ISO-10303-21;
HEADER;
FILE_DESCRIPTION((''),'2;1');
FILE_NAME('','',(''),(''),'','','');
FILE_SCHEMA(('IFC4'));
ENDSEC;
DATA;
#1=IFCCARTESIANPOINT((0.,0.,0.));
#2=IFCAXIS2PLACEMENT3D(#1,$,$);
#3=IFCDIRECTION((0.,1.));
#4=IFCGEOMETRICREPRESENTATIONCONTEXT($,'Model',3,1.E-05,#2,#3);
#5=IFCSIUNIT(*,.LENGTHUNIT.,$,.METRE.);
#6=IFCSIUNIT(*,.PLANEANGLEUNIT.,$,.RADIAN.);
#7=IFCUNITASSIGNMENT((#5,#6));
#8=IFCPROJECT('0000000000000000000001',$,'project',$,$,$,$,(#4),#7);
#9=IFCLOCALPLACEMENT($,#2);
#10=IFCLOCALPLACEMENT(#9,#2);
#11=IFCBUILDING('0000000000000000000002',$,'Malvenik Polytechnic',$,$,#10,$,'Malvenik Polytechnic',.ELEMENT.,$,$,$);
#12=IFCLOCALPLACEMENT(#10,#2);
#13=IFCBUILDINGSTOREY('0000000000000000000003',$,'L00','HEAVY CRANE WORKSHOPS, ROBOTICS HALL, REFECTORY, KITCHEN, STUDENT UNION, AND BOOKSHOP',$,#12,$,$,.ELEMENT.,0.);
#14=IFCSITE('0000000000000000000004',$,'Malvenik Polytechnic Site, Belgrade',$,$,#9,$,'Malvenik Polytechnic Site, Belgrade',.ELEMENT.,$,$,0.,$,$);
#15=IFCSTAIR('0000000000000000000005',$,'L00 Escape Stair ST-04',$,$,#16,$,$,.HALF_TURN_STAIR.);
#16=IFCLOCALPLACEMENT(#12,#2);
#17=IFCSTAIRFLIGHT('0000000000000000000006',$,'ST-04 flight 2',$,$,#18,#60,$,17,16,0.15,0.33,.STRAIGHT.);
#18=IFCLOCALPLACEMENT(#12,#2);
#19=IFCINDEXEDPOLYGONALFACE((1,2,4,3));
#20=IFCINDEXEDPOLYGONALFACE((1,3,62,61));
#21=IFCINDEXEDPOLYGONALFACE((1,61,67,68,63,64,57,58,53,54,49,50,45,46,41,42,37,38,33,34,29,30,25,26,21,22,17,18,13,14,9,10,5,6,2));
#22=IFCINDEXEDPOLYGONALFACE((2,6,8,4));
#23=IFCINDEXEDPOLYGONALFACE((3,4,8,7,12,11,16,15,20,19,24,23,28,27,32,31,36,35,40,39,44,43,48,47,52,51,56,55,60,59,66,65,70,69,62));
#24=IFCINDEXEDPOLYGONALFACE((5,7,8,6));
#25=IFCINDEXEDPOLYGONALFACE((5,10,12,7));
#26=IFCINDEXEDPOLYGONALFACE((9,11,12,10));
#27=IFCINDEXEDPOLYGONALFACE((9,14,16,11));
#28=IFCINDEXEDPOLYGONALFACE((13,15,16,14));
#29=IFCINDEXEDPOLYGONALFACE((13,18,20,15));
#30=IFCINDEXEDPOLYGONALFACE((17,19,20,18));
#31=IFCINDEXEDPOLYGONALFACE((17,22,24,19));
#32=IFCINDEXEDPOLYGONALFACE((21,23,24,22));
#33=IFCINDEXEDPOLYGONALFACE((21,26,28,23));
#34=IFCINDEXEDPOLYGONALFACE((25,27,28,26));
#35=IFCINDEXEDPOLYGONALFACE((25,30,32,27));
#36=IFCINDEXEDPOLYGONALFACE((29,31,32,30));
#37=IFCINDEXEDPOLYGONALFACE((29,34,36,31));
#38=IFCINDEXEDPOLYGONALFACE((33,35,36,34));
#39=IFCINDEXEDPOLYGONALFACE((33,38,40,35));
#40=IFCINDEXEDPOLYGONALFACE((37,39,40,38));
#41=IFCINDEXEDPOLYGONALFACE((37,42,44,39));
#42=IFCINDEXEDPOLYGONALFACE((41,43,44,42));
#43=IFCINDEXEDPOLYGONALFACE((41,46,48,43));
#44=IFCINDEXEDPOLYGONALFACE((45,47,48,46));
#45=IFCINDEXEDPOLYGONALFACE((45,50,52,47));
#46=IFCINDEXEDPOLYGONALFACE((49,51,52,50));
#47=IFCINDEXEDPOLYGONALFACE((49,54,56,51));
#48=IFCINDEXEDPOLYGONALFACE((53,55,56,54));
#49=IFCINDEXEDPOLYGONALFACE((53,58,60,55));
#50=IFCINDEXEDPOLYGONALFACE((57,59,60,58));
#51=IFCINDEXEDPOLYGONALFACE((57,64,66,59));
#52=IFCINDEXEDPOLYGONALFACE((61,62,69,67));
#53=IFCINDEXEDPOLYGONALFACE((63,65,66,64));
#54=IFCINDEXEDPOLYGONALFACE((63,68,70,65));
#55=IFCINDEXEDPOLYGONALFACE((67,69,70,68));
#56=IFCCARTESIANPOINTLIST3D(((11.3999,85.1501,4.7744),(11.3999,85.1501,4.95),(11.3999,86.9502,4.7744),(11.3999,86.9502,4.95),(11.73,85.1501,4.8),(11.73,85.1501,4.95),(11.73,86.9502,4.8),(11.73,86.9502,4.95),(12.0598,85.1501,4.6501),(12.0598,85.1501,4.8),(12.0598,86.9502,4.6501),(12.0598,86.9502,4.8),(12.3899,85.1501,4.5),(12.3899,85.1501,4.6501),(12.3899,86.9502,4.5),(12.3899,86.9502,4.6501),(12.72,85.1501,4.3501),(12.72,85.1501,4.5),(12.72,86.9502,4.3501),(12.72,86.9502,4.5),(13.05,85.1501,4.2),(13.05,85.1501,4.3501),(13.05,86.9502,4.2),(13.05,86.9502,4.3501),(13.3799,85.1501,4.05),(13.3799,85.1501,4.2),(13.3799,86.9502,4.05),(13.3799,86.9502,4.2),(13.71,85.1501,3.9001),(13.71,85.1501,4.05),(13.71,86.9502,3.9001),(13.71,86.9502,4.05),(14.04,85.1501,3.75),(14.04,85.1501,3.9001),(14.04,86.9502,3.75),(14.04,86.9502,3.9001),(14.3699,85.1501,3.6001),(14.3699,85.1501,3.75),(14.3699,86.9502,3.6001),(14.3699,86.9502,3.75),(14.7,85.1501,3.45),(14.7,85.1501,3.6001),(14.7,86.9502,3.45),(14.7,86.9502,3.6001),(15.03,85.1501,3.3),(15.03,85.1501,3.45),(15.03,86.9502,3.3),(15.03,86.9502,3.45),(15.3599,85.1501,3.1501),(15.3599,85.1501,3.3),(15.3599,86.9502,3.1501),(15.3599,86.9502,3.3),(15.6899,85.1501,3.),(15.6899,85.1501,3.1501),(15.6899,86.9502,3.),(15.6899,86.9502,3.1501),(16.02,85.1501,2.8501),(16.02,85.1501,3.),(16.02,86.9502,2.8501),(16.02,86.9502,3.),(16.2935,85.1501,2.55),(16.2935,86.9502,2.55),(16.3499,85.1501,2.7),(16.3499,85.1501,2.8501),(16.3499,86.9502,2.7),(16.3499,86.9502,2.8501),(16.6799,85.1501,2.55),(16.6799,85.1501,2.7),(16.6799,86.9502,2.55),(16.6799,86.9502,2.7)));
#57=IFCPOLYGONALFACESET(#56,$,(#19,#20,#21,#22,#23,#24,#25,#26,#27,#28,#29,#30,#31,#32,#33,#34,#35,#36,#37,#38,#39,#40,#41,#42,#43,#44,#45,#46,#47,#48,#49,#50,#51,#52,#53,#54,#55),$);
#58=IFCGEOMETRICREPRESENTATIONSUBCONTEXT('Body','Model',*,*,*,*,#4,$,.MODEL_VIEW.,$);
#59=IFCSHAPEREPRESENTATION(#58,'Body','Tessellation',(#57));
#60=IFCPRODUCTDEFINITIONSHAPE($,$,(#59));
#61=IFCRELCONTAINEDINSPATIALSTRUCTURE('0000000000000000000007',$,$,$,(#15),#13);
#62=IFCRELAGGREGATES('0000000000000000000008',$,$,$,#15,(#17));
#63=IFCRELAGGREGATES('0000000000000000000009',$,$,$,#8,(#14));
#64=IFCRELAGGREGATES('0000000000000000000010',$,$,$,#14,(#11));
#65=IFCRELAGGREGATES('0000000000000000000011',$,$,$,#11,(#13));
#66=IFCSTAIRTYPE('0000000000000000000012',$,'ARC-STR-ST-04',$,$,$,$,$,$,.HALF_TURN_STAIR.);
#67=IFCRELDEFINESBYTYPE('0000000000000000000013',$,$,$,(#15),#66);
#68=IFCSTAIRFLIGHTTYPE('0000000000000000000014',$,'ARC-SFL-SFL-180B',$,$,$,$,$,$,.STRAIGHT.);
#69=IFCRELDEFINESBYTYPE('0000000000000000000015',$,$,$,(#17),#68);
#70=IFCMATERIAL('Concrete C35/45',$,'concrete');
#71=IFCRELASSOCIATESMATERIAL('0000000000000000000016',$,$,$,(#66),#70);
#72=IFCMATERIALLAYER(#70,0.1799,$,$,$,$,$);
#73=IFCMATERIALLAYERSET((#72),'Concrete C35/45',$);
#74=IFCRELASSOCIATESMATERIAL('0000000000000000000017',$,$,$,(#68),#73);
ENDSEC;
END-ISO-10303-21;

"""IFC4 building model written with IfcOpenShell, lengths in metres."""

from ifc_helpers import new_model, si_unit, direction, frame, origin, place, context, subcontext, project, spatial, polyline, outline, extrude, material, layer, layer_set, type_object, element, aggregate, save


model = new_model("IFC4")

# Units and contexts
model_context = context("Model", 3, precision=1e-05, world=origin(), true_north=direction((0.0, 1.0)))
body_context = subcontext(model_context, "Body", "Model", "MODEL_VIEW")
ifc_project = project(units=[si_unit("LENGTHUNIT", "METRE"), si_unit("PLANEANGLEUNIT", "RADIAN")], contexts=[model_context])

# Site, building, storey
site_placement = place(None, origin())
site = spatial("IfcSite", under=ifc_project, at=site_placement, Name="Malvenik Polytechnic Site, Belgrade", LongName="Malvenik Polytechnic Site, Belgrade", CompositionType="ELEMENT", RefElevation=0.0)
building_placement = place(site_placement, origin())
building = spatial("IfcBuilding", under=site, at=building_placement, Name="Malvenik Polytechnic", LongName="Malvenik Polytechnic", CompositionType="ELEMENT")
storey_placement = place(building_placement, origin())
storey = spatial("IfcBuildingStorey", under=building, at=storey_placement, Name="L00", Description="HEAVY CRANE WORKSHOPS, ROBOTICS HALL, REFECTORY, KITCHEN, STUDENT UNION, AND BOOKSHOP", CompositionType="ELEMENT", Elevation=0.0)

# Shared definitions
ifc_material_1 = material(Name="Concrete C35/45", Category="concrete")

# Stair, stair flight
stair_type = type_object("IfcStairType", Name="ARC-STR-ST-04", PredefinedType="HALF_TURN_STAIR", material=ifc_material_1)
stair_placement = place(storey_placement, origin())
stair = element("IfcStair", 1, at=stair_placement, inside=storey, type_object=stair_type, Name="L00 Escape Stair ST-04", PredefinedType="HALF_TURN_STAIR")
ifc_layer_1 = layer(ifc_material_1, 0.1799)
ifc_layer_set_1 = layer_set([ifc_layer_1], Name="Concrete C35/45")
stair_flight_type = type_object("IfcStairFlightType", Name="ARC-SFL-SFL-180B", PredefinedType="STRAIGHT", material=ifc_layer_set_1)
stair_flight_1_placement = place(storey_placement, frame((16.6799, 86.05, 2.55), z_axis=(0.0, 0.0, 1.0), x_axis=(-1.0, 0.0, 0.0)))
stair_flight_1 = element("IfcStairFlight", 2, at=stair_flight_1_placement, type_object=stair_flight_type, Name="ST-04 flight 2", NumberOfRisers=17, NumberOfTreads=16, PredefinedType="STRAIGHT", RiserHeight=0.15, TreadLength=0.33, context=body_context, shape_type="SweptSolid", body=[
    extrude(outline(polyline([(0.0, 0.0), (0.0, 0.1499), (0.3301, 0.1499), (0.3301, 0.3), (0.6599, 0.3), (0.6599, 0.45), (0.99, 0.45), (0.99, 0.6001), (1.3201, 0.6001), (1.3201, 0.75), (1.6499, 0.75), (1.6499, 0.8999), (1.98, 0.8999), (1.98, 1.05), (2.3101, 1.05), (2.3101, 1.2), (2.6399, 1.2), (2.6399, 1.3501), (2.97, 1.3501), (2.97, 1.5), (3.3, 1.5), (3.3, 1.6499), (3.6299, 1.6499), (3.6299, 1.8), (3.96, 1.8), (3.96, 1.95), (4.29, 1.95), (4.29, 2.1001), (4.6201, 2.1001), (4.6201, 2.25), (4.95, 2.25), (4.95, 2.3999), (5.28, 2.3999), (5.28, 2.55), (5.28, 2.2244), (0.3865, 0.0), (0.0, 0.0)])), frame((0.0, 0.8999, 0.0), z_axis=(0.0, -1.0, 0.0), x_axis=(1.0, 0.0, 0.0)), (0.0, 0.0, 1.0), 1.8),
])
aggregate(stair, [stair_flight_1])

save(model, "model.ifc")
